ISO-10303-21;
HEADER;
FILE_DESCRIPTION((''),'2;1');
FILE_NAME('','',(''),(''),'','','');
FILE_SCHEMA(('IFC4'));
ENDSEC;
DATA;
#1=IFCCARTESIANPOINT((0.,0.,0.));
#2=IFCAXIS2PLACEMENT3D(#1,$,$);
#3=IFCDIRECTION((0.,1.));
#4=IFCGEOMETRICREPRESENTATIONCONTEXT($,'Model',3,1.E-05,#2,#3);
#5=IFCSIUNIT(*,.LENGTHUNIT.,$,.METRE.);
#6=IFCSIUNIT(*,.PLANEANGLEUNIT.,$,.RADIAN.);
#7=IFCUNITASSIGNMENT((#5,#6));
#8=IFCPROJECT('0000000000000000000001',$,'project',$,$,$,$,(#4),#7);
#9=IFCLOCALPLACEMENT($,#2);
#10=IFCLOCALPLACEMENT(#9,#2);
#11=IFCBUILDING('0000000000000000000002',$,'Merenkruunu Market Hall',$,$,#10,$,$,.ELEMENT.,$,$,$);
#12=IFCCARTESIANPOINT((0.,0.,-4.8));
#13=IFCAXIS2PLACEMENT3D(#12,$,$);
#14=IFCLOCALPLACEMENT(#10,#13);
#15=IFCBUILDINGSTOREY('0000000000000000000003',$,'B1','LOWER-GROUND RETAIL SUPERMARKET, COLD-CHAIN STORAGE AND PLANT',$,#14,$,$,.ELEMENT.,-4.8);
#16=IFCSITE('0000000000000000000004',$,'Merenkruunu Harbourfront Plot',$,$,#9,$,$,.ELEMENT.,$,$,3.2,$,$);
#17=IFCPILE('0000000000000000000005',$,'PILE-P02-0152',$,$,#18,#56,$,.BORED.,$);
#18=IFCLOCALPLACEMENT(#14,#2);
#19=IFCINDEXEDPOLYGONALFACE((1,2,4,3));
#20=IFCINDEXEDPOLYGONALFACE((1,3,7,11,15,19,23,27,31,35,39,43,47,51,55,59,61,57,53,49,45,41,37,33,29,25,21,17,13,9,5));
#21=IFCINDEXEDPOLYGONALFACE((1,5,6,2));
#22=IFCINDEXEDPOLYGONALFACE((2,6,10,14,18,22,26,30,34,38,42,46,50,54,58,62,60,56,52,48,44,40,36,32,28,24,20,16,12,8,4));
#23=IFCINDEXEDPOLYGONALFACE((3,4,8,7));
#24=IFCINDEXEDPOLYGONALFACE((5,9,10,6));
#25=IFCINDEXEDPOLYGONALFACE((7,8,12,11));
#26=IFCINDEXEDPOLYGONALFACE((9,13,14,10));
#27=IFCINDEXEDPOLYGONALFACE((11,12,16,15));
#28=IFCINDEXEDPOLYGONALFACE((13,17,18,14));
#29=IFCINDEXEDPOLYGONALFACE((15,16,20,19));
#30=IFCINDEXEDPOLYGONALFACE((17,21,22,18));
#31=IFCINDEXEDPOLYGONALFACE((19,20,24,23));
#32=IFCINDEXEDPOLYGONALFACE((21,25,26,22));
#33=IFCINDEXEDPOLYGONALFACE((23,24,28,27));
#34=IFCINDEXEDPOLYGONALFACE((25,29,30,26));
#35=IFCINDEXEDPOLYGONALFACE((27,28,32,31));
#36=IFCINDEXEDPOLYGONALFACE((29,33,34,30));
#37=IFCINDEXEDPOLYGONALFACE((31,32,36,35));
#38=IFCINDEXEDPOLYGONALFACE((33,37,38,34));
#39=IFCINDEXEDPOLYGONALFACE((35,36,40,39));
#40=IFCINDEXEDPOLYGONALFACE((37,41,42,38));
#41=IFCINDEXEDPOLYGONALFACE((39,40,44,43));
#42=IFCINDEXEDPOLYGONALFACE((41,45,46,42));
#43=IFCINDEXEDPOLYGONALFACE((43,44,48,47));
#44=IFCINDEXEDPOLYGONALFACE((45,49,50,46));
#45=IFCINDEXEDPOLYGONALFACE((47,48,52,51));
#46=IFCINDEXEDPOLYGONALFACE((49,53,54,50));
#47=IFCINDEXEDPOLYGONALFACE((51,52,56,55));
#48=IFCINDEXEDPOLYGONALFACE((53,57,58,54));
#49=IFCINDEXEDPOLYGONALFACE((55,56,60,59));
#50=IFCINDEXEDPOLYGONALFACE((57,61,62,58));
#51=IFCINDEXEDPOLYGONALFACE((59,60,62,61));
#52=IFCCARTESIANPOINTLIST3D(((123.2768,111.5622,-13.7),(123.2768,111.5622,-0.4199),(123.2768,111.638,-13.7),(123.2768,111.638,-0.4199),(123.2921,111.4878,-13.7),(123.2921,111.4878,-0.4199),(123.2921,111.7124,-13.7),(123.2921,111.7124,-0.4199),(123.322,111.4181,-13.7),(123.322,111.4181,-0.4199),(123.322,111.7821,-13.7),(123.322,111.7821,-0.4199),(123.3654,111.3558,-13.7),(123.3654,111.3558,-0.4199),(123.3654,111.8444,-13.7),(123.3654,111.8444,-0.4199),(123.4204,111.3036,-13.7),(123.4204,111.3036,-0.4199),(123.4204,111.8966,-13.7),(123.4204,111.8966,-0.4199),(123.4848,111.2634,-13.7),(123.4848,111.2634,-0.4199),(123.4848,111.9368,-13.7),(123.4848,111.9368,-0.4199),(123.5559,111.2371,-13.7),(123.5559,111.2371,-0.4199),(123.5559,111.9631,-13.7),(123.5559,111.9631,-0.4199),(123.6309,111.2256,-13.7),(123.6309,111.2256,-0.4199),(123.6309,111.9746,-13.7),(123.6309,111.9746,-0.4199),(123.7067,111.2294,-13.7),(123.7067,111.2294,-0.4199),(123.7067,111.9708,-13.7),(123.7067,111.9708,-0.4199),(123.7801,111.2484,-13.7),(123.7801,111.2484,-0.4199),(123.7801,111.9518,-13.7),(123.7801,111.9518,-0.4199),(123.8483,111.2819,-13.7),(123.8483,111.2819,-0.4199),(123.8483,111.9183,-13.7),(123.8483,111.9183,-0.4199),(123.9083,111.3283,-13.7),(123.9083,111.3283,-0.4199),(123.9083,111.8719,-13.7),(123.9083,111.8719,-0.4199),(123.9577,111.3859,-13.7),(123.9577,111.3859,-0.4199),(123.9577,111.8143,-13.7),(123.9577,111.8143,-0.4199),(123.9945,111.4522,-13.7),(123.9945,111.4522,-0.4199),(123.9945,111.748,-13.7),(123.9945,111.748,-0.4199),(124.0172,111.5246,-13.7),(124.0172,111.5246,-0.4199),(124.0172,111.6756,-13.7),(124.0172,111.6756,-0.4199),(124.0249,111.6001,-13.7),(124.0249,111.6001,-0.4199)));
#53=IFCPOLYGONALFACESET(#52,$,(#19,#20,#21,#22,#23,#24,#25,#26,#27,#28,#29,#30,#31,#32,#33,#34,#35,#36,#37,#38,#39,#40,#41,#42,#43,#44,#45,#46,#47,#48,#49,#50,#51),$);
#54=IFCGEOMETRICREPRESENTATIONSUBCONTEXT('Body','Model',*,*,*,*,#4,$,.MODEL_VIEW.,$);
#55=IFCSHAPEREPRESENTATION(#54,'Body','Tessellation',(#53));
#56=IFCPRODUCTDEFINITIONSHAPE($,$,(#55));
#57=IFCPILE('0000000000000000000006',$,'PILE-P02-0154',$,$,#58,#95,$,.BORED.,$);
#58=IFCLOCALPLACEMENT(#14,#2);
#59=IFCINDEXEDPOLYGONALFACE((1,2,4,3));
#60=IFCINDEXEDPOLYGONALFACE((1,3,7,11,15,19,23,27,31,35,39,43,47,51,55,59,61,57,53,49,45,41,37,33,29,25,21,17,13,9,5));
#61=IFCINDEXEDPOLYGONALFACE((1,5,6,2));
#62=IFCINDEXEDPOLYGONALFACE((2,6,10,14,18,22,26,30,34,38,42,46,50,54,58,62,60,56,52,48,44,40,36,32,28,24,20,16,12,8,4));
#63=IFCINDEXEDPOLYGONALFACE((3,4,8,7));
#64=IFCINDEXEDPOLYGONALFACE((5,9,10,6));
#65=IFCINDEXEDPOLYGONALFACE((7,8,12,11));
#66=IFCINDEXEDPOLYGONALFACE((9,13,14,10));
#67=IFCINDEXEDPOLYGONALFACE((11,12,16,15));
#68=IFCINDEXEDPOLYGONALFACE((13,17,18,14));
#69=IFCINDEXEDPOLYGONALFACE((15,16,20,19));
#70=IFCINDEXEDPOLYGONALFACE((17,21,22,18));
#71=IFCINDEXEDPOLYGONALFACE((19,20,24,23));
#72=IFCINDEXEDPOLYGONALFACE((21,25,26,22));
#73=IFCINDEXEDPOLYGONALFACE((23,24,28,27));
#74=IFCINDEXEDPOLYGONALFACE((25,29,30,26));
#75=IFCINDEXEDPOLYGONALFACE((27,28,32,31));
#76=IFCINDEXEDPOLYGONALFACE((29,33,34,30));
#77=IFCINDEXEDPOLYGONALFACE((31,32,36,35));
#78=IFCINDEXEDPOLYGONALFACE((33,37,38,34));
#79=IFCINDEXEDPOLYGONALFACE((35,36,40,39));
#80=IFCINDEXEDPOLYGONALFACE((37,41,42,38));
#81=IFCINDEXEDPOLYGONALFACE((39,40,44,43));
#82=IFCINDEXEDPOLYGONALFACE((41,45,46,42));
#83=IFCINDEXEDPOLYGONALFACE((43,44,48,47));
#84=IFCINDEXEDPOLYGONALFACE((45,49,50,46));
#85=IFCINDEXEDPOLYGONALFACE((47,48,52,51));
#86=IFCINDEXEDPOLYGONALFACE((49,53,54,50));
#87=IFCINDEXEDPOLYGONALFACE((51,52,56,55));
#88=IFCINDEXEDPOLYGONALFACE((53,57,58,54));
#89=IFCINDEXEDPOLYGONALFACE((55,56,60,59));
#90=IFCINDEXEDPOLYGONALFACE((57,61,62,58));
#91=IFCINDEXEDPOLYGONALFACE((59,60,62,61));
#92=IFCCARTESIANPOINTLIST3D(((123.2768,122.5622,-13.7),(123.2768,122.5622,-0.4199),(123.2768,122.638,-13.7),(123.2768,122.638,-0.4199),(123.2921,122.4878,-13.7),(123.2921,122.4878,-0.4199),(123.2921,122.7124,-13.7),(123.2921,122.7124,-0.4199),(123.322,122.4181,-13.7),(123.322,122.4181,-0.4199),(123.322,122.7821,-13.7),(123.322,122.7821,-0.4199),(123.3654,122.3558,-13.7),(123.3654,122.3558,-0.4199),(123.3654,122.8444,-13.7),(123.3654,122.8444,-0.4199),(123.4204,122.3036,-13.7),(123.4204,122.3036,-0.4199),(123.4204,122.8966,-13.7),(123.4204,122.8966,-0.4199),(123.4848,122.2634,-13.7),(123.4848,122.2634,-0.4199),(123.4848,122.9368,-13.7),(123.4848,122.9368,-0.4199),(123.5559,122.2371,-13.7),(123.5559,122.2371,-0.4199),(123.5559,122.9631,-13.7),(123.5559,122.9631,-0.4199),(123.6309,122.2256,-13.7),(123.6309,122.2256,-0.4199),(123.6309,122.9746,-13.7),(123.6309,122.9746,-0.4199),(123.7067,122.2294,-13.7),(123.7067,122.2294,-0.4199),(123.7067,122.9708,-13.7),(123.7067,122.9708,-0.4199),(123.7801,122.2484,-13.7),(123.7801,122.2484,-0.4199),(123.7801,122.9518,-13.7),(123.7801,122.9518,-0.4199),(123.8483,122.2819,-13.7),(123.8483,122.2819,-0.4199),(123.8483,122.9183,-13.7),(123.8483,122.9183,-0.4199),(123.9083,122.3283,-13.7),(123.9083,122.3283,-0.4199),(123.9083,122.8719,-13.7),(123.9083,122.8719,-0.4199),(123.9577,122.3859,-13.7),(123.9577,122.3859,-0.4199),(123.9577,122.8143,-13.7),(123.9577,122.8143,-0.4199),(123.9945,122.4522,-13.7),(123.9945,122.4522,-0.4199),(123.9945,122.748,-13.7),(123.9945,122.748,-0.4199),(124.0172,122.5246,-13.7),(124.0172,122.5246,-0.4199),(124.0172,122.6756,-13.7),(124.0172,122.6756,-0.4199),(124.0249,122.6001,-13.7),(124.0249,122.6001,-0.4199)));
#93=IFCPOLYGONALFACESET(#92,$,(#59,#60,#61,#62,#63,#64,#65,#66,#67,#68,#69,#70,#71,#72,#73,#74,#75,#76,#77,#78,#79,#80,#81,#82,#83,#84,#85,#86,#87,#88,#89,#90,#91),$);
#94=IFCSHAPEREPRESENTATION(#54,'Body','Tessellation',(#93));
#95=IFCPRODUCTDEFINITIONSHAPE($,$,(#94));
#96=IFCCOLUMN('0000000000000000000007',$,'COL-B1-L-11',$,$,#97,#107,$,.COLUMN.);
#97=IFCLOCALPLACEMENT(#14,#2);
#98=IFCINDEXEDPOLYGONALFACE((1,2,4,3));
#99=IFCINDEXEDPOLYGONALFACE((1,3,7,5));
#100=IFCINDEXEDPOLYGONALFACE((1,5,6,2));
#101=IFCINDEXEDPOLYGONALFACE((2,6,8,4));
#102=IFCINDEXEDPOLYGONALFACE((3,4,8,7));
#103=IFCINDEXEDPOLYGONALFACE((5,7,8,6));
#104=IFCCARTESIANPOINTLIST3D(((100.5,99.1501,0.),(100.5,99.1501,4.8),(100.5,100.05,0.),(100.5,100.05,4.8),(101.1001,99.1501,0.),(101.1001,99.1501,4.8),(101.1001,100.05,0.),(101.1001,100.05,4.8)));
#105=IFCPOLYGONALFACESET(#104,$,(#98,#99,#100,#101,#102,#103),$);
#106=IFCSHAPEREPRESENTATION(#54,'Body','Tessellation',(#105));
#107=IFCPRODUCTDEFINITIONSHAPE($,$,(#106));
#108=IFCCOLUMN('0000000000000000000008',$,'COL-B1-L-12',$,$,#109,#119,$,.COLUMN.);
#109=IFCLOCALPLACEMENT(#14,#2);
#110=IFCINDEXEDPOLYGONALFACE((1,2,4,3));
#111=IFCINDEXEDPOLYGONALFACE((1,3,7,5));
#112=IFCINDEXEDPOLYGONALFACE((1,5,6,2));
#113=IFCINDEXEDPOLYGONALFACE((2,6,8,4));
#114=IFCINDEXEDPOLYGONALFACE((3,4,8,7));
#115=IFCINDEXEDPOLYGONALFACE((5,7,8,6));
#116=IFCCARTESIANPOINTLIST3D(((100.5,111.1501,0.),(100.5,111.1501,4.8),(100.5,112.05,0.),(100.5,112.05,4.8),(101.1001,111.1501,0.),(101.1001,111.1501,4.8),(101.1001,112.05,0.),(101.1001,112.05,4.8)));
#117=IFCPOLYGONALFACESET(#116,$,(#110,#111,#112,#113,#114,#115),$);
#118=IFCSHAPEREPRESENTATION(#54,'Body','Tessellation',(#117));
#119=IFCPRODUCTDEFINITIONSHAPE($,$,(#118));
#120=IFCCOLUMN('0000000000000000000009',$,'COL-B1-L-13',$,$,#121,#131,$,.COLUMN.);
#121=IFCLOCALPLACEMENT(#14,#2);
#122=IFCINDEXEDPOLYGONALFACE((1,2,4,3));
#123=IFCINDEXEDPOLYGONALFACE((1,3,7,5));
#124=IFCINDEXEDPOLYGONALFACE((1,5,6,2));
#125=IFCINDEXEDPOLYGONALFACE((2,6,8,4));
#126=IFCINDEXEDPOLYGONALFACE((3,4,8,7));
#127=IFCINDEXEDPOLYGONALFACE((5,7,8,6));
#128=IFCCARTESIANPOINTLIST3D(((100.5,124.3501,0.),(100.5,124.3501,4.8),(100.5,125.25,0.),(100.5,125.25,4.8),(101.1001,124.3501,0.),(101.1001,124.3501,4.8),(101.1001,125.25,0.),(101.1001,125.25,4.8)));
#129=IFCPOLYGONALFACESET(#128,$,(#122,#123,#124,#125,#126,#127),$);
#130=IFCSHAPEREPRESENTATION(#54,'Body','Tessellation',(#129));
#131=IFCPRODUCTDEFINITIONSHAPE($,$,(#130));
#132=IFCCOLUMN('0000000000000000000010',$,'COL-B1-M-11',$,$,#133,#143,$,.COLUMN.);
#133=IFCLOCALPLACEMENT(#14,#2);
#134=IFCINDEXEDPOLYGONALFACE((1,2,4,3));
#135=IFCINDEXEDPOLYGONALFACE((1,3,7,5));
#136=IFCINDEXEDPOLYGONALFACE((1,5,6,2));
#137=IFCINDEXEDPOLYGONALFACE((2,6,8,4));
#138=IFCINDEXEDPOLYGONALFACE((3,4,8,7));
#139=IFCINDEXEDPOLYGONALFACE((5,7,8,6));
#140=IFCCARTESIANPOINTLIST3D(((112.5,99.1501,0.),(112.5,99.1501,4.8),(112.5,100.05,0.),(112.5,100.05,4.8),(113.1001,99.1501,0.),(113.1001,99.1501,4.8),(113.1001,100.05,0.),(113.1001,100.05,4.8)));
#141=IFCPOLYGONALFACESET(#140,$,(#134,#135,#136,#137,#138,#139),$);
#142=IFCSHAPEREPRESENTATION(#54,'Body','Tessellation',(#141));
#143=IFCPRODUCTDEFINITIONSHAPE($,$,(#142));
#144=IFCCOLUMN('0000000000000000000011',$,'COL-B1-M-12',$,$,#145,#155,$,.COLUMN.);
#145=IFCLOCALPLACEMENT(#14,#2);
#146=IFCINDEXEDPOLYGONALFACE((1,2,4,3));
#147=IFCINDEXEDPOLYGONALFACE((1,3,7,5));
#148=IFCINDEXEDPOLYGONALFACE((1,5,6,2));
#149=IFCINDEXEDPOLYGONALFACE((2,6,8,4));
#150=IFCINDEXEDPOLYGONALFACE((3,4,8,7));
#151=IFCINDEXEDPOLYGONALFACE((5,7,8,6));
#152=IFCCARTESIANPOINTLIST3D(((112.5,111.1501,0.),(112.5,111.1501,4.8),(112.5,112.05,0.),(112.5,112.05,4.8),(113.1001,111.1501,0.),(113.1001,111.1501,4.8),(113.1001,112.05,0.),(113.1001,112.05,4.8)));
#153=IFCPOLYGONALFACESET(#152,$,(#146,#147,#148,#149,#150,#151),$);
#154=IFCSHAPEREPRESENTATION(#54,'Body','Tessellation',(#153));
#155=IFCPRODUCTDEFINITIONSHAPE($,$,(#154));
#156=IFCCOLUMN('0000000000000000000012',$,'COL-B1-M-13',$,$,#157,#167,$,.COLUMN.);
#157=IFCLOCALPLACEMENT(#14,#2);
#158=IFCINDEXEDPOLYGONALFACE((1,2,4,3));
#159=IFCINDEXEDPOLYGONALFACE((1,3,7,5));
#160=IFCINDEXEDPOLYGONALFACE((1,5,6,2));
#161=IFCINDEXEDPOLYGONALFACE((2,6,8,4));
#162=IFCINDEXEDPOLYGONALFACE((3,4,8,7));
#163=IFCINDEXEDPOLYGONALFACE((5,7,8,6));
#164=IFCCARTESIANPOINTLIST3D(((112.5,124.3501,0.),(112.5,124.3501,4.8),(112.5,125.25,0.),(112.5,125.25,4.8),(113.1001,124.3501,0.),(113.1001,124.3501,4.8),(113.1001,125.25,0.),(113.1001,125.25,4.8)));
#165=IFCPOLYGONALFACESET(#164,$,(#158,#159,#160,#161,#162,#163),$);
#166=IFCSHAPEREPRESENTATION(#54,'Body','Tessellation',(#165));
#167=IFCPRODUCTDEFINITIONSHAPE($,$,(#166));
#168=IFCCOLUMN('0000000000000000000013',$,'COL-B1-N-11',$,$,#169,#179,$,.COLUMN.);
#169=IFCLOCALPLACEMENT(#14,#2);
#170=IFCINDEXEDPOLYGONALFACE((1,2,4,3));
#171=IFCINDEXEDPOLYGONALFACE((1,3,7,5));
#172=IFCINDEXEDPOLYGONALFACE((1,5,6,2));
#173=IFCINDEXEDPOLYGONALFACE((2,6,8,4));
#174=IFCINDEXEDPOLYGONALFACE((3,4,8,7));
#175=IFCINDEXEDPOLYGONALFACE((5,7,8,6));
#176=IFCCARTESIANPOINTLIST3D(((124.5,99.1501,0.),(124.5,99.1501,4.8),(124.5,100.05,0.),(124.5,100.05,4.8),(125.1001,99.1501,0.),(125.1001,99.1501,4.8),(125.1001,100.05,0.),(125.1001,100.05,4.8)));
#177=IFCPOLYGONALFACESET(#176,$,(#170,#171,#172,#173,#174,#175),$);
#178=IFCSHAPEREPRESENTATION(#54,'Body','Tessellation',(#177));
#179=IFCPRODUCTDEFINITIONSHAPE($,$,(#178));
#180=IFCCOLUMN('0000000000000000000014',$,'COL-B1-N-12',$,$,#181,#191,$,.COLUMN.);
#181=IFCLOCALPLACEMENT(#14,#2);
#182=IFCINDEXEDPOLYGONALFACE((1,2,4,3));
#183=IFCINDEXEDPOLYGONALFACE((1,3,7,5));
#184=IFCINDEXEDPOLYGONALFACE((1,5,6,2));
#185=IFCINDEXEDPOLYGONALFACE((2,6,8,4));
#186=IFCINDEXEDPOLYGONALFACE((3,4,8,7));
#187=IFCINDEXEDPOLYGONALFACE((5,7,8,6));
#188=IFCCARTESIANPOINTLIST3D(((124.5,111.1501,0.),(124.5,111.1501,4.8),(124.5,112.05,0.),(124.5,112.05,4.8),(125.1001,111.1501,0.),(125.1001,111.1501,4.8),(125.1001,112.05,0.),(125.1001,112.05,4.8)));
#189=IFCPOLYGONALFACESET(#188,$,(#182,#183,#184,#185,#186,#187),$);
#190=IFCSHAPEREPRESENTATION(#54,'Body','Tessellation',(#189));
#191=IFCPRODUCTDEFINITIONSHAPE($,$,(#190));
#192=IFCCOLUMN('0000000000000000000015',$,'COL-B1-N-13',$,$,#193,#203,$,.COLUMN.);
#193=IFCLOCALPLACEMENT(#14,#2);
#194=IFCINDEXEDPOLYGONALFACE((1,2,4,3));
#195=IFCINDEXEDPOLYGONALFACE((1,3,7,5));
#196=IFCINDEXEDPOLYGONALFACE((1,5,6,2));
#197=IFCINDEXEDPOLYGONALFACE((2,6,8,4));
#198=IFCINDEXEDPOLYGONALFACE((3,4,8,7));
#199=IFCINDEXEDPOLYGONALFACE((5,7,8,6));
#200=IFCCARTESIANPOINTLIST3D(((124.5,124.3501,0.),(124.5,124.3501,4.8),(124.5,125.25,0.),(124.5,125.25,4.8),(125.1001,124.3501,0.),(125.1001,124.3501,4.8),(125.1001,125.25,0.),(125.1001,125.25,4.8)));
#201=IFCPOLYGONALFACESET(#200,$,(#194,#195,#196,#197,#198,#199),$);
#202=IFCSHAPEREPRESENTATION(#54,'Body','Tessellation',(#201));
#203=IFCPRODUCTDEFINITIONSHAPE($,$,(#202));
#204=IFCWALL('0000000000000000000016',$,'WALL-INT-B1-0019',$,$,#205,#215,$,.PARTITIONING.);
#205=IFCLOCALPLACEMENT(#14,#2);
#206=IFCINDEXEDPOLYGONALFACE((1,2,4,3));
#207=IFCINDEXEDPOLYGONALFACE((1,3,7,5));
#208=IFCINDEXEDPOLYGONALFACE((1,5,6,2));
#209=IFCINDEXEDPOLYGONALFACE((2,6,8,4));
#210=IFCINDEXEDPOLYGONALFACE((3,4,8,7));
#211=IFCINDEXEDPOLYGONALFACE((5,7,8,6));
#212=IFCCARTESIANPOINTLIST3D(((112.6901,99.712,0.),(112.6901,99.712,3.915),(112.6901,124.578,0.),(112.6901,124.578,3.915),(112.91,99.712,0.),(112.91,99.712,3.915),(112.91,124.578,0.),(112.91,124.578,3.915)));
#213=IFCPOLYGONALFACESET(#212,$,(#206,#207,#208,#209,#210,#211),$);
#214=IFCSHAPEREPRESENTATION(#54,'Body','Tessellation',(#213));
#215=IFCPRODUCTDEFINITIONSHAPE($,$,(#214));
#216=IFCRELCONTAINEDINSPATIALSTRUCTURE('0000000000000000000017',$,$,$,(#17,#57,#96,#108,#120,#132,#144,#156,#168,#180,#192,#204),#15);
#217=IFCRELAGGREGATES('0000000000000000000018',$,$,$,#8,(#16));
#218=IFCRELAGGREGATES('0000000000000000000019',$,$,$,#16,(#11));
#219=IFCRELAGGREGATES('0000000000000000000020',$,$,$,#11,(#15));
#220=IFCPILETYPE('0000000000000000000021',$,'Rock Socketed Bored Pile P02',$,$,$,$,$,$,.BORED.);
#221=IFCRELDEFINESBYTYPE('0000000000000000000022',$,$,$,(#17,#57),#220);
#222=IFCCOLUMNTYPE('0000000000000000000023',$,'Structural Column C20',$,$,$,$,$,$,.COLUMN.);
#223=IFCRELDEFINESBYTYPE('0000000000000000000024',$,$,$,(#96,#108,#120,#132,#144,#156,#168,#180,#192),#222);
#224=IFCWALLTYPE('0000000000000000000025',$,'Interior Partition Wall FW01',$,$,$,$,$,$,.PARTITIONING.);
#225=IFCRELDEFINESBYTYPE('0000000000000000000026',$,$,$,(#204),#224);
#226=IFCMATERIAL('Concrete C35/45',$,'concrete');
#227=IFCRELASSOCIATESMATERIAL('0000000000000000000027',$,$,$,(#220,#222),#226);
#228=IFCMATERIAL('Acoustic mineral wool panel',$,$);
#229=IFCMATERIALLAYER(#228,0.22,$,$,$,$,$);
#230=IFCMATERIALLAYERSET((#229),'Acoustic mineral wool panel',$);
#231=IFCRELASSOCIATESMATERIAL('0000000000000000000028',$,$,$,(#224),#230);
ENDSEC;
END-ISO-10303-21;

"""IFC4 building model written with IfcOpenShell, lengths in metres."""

from ifc_helpers import new_model, si_unit, direction, frame, frame_2d, origin, origin_2d, place, context, subcontext, project, spatial, rectangle, circle, extrude, material, layer, layer_set, material_profile, profile_set, type_object, element, save


model = new_model("IFC4")

# Units and contexts
model_context = context("Model", 3, precision=1e-05, world=origin(), true_north=direction((0.0, 1.0)))
body_context = subcontext(model_context, "Body", "Model", "MODEL_VIEW")
ifc_project = project(units=[si_unit("LENGTHUNIT", "METRE"), si_unit("PLANEANGLEUNIT", "RADIAN")], contexts=[model_context])

# Site, building, storey
site_placement = place(None, origin())
site = spatial("IfcSite", under=ifc_project, at=site_placement, Name="Merenkruunu Harbourfront Plot", CompositionType="ELEMENT", RefElevation=3.2)
building_placement = place(site_placement, origin())
building = spatial("IfcBuilding", under=site, at=building_placement, Name="Merenkruunu Market Hall", CompositionType="ELEMENT")
storey_placement = place(building_placement, frame((0.0, 0.0, -4.8)))
storey = spatial("IfcBuildingStorey", under=building, at=storey_placement, Name="B1", Description="LOWER-GROUND RETAIL SUPERMARKET, COLD-CHAIN STORAGE AND PLANT", CompositionType="ELEMENT", Elevation=-4.8)

# Piles
ifc_material_1 = material(Name="Concrete C35/45", Category="concrete")
ifc_material_profile_1 = material_profile(ifc_material_1, circle(Radius=0.375, at=origin_2d()), Name="BORED PILE 750")
ifc_profile_set_1 = profile_set([ifc_material_profile_1], Name="Concrete C35/45")
pile_type = type_object("IfcPileType", Name="Rock Socketed Bored Pile P02", PredefinedType="BORED", material=ifc_profile_set_1)
for number, where, z_axis, x_axis, name in (
    (1, (123.6499, 111.6001, -0.4199), (0.0, 0.0, -1.0), (1.0, 0.0, 0.0), "PILE-P02-0152"),
    (2, (123.6499, 122.6001, -0.4199), (0.0, 0.0, -1.0), (1.0, 0.0, 0.0), "PILE-P02-0154"),
):
    element("IfcPile", number, at=place(storey_placement, frame(where, z_axis=z_axis, x_axis=x_axis)), inside=storey, type_object=pile_type, Name=name, PredefinedType="BORED", context=body_context, shape_type="SweptSolid", body=[
        extrude(circle(Radius=0.375, at=origin_2d()), origin(), (0.0, 0.0, 1.0), 13.28),
    ])

# Columns
ifc_material_profile_2 = material_profile(ifc_material_1, rectangle(XDim=0.6001, YDim=0.8999, at=origin_2d()), Name="RC 600x900")
ifc_profile_set_2 = profile_set([ifc_material_profile_2], Name="Concrete C35/45")
column_type = type_object("IfcColumnType", Name="Structural Column C20", PredefinedType="COLUMN", material=ifc_profile_set_2)
for number, where, z_axis, x_axis, name in (
    (3, (100.8, 99.6001, 0.0), (0.0, 0.0, 1.0), (1.0, 0.0, 0.0), "COL-B1-L-11"),
    (4, (100.8, 111.6001, 0.0), (0.0, 0.0, 1.0), (1.0, 0.0, 0.0), "COL-B1-L-12"),
    (5, (100.8, 124.8, 0.0), (0.0, 0.0, 1.0), (1.0, 0.0, 0.0), "COL-B1-L-13"),
    (6, (112.8, 99.6001, 0.0), (0.0, 0.0, 1.0), (1.0, 0.0, 0.0), "COL-B1-M-11"),
    (7, (112.8, 111.6001, 0.0), (0.0, 0.0, 1.0), (1.0, 0.0, 0.0), "COL-B1-M-12"),
    (8, (112.8, 124.8, 0.0), (0.0, 0.0, 1.0), (1.0, 0.0, 0.0), "COL-B1-M-13"),
    (9, (124.8, 99.6001, 0.0), (0.0, 0.0, 1.0), (1.0, 0.0, 0.0), "COL-B1-N-11"),
    (10, (124.8, 111.6001, 0.0), (0.0, 0.0, 1.0), (1.0, 0.0, 0.0), "COL-B1-N-12"),
    (11, (124.8, 124.8, 0.0), (0.0, 0.0, 1.0), (1.0, 0.0, 0.0), "COL-B1-N-13"),
):
    element("IfcColumn", number, at=place(storey_placement, frame(where, z_axis=z_axis, x_axis=x_axis)), inside=storey, type_object=column_type, Name=name, PredefinedType="COLUMN", context=body_context, shape_type="SweptSolid", body=[
        extrude(rectangle(XDim=0.6001, YDim=0.8999, at=origin_2d()), origin(), (0.0, 0.0, 1.0), 4.8),
    ])

# Wall
ifc_material_2 = material(Name="Acoustic mineral wool panel")
ifc_layer_1 = layer(ifc_material_2, 0.22)
ifc_layer_set_1 = layer_set([ifc_layer_1], Name="Acoustic mineral wool panel")
wall_type_1 = type_object("IfcWallType", Name="Interior Partition Wall FW01", PredefinedType="PARTITIONING", material=ifc_layer_set_1)
wall_1_placement = place(storey_placement, frame((112.8, 99.7119, 0.0), z_axis=(0.0, 0.0, 1.0), x_axis=(0.0, 1.0, 0.0)))
element("IfcWall", 12, at=wall_1_placement, inside=storey, type_object=wall_type_1, Name="WALL-INT-B1-0019", PredefinedType="PARTITIONING", context=body_context, shape_type="SweptSolid", body=[
    extrude(rectangle(XDim=24.866, YDim=0.22, at=frame_2d((12.4331, 0.0))), origin(), (0.0, 0.0, 1.0), 3.915),
])

save(model, "model.ifc")
